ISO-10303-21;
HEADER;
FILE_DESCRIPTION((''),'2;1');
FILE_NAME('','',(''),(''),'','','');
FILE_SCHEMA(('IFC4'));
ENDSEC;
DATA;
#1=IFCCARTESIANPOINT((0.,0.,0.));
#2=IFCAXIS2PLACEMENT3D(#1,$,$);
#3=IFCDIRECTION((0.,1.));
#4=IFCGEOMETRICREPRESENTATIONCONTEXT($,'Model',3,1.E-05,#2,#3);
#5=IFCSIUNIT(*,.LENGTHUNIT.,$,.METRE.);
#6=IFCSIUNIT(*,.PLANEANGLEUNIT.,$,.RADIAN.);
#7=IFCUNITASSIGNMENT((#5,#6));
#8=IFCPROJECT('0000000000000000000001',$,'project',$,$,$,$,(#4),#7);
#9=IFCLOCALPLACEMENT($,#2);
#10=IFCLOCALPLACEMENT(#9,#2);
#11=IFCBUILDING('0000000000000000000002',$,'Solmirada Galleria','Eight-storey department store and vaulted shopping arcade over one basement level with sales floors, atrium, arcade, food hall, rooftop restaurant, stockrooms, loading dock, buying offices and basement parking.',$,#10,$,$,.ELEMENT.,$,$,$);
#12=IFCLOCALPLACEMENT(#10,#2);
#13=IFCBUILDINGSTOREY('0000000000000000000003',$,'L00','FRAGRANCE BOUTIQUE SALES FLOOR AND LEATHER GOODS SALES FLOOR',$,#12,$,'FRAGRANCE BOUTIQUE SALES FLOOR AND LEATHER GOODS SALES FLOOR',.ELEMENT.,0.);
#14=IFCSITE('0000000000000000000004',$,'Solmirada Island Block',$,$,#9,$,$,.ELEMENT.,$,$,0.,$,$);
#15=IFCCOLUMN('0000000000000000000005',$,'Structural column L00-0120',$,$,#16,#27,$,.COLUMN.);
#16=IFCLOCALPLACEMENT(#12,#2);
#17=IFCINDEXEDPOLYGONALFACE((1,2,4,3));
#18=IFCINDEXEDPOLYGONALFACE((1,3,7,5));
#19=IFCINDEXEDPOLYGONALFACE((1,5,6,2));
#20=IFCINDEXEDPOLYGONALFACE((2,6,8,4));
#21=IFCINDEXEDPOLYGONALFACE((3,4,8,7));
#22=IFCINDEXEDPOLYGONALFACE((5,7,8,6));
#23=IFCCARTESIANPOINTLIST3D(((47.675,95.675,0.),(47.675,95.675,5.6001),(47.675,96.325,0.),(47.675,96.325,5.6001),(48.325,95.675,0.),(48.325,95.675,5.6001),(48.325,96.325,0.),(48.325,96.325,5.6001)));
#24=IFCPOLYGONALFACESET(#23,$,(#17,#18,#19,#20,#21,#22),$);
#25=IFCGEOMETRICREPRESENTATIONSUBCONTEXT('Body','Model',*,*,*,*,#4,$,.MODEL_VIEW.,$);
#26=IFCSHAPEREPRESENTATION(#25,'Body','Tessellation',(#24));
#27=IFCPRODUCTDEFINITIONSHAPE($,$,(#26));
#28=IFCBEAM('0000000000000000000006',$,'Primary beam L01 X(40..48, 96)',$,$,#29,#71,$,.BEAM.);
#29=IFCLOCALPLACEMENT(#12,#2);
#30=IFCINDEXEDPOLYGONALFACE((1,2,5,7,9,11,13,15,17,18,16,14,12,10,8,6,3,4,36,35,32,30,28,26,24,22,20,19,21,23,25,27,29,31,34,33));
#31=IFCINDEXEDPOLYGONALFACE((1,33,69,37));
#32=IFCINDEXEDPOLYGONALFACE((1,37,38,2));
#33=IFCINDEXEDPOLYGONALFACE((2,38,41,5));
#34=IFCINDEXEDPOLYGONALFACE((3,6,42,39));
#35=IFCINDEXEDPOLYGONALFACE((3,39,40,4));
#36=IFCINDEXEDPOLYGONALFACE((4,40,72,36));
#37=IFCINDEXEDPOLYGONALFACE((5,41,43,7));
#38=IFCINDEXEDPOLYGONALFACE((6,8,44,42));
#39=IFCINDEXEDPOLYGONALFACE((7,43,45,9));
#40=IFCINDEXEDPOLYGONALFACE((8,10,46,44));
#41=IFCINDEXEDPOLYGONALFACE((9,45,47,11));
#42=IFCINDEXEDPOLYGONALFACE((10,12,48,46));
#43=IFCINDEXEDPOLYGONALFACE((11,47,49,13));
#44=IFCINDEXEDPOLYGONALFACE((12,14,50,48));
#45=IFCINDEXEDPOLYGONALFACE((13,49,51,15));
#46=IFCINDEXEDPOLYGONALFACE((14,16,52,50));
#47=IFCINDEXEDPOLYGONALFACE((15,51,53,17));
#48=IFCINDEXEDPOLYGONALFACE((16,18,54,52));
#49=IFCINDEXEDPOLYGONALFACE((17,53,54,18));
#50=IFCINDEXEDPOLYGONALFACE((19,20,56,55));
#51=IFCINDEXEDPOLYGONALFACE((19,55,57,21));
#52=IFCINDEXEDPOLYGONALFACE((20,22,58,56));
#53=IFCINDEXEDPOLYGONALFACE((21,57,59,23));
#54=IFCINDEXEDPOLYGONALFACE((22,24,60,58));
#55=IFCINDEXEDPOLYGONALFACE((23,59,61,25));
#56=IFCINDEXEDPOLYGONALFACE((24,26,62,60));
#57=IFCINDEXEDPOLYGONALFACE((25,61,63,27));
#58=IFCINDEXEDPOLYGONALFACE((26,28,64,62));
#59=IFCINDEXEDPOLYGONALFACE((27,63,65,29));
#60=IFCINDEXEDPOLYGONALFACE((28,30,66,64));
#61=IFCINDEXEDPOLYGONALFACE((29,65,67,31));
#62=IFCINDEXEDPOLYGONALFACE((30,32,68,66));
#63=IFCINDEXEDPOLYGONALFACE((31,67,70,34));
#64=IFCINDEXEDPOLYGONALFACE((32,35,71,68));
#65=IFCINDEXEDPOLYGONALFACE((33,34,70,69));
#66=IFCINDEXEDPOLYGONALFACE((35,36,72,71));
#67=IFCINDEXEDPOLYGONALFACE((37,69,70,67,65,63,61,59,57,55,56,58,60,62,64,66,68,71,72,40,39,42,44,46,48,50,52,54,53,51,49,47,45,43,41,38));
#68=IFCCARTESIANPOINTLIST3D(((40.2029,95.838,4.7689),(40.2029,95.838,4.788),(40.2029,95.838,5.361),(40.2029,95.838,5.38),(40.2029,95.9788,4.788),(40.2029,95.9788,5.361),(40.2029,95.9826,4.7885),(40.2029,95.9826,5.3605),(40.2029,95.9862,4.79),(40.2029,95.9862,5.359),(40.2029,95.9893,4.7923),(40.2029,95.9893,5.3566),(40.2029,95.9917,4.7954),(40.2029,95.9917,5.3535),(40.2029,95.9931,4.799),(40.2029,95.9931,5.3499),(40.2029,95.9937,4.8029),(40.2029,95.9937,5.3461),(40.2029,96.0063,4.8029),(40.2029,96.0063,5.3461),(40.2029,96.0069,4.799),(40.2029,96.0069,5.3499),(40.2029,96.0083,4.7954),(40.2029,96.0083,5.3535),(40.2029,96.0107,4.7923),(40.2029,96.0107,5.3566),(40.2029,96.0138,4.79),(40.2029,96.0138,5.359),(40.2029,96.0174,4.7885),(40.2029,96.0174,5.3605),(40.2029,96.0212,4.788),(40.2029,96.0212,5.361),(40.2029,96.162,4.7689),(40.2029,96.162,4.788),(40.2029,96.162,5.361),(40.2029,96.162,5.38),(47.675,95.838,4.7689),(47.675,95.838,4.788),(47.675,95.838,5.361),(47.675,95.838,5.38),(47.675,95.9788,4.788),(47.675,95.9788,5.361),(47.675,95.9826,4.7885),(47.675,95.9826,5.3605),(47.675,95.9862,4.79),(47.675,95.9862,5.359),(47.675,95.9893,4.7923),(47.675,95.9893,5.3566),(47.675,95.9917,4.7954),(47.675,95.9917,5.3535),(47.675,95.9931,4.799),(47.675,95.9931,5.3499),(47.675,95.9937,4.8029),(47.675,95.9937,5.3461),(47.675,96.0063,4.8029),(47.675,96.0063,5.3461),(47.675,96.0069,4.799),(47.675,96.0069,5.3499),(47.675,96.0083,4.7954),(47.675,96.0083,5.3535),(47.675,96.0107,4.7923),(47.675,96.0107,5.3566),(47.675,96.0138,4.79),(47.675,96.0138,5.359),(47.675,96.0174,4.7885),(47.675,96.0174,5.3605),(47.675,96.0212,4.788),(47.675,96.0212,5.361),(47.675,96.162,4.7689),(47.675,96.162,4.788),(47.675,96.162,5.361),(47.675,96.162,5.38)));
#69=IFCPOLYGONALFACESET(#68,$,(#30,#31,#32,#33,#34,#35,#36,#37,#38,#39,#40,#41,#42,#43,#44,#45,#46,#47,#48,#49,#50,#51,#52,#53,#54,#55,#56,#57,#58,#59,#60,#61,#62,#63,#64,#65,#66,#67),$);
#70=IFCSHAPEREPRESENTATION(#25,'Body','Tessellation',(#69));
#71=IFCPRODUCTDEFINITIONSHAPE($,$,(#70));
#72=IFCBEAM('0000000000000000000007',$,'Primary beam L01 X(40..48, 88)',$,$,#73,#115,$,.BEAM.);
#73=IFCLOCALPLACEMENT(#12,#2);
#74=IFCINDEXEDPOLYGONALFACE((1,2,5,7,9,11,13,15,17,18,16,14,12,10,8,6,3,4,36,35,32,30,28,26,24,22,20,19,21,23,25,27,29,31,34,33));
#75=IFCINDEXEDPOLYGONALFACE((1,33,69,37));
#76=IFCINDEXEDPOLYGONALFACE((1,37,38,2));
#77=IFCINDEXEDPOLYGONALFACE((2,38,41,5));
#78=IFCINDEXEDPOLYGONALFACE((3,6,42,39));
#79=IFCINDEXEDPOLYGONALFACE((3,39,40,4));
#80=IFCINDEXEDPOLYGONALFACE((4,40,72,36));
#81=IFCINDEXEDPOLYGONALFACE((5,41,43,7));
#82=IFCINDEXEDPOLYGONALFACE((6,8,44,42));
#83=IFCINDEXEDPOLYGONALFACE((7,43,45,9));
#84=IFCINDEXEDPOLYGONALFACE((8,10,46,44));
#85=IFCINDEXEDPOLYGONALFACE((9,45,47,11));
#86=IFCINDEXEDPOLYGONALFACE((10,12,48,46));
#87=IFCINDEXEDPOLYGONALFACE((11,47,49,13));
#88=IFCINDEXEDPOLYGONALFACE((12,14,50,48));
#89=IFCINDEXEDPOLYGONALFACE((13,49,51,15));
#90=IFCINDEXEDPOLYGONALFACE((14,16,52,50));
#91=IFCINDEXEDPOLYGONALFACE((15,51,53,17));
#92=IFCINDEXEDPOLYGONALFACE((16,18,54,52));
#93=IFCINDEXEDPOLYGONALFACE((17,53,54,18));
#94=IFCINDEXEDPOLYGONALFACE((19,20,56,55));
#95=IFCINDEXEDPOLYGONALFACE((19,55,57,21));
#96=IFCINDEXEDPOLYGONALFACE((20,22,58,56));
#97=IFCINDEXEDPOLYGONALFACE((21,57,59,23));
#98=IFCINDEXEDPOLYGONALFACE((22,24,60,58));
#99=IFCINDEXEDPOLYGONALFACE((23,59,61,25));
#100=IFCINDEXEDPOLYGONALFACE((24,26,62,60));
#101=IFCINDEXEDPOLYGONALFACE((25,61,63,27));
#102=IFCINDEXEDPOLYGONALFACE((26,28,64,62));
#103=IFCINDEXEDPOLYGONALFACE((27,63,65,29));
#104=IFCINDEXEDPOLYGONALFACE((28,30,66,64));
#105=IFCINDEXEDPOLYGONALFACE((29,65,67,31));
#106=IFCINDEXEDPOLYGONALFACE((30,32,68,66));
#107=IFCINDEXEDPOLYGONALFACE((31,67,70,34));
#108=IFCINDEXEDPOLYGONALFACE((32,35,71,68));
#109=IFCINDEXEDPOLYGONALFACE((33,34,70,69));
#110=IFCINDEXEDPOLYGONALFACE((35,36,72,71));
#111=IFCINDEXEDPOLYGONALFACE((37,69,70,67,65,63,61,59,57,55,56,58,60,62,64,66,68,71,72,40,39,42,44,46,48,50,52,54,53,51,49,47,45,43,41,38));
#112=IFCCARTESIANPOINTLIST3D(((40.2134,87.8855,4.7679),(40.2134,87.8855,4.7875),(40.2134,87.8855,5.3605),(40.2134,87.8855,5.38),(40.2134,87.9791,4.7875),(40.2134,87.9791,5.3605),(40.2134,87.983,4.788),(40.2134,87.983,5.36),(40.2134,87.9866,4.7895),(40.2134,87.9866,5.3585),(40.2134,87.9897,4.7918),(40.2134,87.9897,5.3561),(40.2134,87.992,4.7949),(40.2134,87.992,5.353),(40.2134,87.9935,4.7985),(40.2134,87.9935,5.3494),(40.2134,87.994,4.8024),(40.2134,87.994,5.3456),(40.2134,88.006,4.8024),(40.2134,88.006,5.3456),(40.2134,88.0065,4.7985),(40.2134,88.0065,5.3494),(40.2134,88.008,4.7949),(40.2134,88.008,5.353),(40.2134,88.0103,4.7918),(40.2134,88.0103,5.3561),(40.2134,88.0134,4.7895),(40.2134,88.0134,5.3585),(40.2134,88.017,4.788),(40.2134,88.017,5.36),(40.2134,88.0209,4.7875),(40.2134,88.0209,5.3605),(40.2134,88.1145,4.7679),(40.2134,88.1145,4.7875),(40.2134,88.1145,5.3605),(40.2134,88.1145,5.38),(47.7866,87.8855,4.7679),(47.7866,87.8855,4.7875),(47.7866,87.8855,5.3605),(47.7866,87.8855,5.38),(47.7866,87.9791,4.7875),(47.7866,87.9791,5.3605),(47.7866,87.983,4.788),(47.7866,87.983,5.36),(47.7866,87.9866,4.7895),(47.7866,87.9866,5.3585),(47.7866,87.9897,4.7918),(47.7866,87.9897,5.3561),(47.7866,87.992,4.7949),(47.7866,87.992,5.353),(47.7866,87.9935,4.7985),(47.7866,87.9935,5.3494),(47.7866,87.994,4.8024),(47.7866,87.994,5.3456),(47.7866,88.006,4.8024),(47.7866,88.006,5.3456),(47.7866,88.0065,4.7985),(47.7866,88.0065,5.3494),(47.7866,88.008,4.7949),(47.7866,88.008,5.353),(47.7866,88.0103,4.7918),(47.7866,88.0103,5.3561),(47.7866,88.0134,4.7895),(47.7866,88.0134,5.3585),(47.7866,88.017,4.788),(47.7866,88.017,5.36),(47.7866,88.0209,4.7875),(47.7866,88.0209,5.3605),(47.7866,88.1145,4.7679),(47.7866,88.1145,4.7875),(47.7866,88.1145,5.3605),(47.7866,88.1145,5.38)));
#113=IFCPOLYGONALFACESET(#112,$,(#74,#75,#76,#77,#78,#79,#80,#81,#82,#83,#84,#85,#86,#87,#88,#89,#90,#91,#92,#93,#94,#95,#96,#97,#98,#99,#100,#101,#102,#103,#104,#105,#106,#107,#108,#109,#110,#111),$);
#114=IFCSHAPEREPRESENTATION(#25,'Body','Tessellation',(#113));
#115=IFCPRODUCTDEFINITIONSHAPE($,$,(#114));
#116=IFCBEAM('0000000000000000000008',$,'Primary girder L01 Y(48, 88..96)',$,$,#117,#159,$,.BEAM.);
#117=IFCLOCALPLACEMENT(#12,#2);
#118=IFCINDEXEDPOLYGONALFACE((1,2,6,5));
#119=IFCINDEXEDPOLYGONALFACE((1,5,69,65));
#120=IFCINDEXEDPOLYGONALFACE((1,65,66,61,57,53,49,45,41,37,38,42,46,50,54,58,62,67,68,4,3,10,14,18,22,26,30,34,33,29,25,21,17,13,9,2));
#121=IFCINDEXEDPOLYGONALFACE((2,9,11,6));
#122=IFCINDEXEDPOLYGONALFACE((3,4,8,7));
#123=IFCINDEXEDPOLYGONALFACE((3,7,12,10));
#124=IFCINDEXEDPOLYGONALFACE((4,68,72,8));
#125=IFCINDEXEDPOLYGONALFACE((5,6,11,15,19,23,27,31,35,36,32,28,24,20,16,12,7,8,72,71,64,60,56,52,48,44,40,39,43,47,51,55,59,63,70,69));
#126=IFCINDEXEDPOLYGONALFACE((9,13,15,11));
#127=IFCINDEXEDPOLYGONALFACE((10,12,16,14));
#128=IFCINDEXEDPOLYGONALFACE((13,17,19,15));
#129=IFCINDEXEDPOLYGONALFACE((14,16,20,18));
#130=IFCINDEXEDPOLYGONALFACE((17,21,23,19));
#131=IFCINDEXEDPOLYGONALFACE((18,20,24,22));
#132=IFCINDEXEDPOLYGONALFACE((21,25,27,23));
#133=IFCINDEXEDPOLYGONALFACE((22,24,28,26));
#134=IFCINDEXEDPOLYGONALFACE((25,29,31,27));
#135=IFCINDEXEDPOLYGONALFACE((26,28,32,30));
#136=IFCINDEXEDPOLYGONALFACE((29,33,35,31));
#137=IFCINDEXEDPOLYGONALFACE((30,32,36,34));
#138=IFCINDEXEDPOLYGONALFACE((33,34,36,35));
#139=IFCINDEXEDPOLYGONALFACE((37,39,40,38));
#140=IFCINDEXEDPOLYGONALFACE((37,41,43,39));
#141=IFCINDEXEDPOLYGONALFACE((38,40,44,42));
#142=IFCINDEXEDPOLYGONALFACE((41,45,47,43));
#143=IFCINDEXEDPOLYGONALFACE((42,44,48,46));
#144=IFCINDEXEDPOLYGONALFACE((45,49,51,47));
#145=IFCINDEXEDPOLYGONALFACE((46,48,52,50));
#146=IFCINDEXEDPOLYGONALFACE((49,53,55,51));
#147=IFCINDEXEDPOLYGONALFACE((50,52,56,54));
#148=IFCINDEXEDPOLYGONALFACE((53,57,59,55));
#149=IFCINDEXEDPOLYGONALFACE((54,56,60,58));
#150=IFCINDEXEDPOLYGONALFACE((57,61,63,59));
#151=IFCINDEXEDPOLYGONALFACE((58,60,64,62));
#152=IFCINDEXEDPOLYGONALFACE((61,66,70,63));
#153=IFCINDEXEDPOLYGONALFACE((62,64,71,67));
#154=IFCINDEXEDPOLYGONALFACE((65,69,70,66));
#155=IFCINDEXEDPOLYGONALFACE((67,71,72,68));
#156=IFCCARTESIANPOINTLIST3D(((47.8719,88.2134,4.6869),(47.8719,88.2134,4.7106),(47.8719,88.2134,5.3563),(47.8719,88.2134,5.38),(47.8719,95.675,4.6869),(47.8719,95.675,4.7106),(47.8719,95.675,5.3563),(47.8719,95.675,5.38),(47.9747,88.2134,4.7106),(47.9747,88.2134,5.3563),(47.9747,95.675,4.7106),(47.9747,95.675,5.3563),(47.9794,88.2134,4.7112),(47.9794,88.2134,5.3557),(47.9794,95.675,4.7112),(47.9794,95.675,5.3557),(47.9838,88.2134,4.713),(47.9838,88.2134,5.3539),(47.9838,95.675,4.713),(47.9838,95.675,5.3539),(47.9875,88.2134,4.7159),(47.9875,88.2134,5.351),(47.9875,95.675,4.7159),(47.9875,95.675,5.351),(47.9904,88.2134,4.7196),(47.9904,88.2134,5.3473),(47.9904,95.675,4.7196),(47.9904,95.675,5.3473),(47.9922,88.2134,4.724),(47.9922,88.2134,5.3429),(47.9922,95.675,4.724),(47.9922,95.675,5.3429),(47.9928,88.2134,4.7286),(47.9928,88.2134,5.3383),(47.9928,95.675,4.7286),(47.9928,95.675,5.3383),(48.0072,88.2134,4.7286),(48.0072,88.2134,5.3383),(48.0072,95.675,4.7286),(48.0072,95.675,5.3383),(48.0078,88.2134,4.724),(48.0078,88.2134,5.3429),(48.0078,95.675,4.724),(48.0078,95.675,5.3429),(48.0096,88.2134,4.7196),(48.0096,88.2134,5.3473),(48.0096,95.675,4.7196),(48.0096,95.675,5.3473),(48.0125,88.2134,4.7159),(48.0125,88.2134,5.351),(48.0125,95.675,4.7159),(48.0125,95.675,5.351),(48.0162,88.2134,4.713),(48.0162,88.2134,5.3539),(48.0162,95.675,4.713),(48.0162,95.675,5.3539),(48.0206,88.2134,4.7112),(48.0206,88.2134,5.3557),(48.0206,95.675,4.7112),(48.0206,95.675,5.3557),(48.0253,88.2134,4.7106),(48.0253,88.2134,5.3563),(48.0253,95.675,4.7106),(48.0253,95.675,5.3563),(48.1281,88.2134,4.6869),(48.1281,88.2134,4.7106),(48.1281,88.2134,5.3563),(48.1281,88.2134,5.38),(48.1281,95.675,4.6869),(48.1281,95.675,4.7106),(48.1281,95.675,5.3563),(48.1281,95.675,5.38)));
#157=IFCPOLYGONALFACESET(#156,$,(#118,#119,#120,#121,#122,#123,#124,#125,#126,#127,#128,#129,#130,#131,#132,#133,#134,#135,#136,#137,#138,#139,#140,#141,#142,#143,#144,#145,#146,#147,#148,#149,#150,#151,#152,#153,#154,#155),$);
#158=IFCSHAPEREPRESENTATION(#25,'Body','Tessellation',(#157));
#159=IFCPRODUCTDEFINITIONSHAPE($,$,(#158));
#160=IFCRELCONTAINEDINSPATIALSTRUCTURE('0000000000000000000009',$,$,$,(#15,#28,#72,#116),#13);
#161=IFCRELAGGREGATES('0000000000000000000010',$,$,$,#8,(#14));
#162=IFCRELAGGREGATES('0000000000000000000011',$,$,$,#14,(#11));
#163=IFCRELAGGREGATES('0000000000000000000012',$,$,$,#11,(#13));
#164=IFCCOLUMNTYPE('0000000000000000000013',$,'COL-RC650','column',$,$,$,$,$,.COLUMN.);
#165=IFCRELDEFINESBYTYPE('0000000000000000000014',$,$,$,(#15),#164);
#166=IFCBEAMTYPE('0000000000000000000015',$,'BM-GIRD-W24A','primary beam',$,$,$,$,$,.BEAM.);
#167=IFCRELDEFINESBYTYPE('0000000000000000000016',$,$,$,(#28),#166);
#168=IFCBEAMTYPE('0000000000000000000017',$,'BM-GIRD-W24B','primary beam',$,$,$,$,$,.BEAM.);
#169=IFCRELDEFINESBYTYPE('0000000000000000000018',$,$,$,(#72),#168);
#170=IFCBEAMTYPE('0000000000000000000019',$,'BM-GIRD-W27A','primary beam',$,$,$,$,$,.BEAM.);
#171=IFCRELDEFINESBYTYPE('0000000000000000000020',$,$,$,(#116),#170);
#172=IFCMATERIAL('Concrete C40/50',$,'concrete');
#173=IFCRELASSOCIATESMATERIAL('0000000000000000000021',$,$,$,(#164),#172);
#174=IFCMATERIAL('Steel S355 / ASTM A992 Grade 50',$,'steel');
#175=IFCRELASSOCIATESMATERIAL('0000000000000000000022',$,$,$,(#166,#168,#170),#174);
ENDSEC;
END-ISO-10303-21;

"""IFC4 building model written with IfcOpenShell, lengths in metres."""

from ifc_helpers import new_model, si_unit, direction, frame, origin, origin_2d, place, context, subcontext, project, spatial, rectangle, i_section, extrude, material, material_profile, profile_set, type_object, element, save


model = new_model("IFC4")

# Units and contexts
model_context = context("Model", 3, precision=1e-05, world=origin(), true_north=direction((0.0, 1.0)))
body_context = subcontext(model_context, "Body", "Model", "MODEL_VIEW")
ifc_project = project(units=[si_unit("LENGTHUNIT", "METRE"), si_unit("PLANEANGLEUNIT", "RADIAN")], contexts=[model_context])

# Site, building, storey
site_placement = place(None, origin())
site = spatial("IfcSite", under=ifc_project, at=site_placement, Name="Solmirada Island Block", CompositionType="ELEMENT", RefElevation=0.0)
building_placement = place(site_placement, origin())
building = spatial("IfcBuilding", under=site, at=building_placement, Name="Solmirada Galleria", Description="Eight-storey department store and vaulted shopping arcade over one basement level with sales floors, atrium, arcade, food hall, rooftop restaurant, stockrooms, loading dock, buying offices and basement parking.", CompositionType="ELEMENT")
storey_placement = place(building_placement, origin())
storey = spatial("IfcBuildingStorey", under=building, at=storey_placement, Name="L00", Description="FRAGRANCE BOUTIQUE SALES FLOOR AND LEATHER GOODS SALES FLOOR", LongName="FRAGRANCE BOUTIQUE SALES FLOOR AND LEATHER GOODS SALES FLOOR", CompositionType="ELEMENT", Elevation=0.0)

# Column
ifc_material_1 = material(Name="Concrete C40/50", Category="concrete")
ifc_material_profile_1 = material_profile(ifc_material_1, rectangle(XDim=0.6499, YDim=0.6499, at=origin_2d()), Name="RC650X650")
ifc_profile_set_1 = profile_set([ifc_material_profile_1], Name="Concrete C40/50")
column_type_1 = type_object("IfcColumnType", Name="COL-RC650", Description="column", PredefinedType="COLUMN", material=ifc_profile_set_1)
column_1_placement = place(storey_placement, frame((48.0, 96.0, 0.0), z_axis=(0.0, 0.0, 1.0), x_axis=(1.0, 0.0, 0.0)))
element("IfcColumn", 1, at=column_1_placement, inside=storey, type_object=column_type_1, Name="Structural column L00-0120", PredefinedType="COLUMN", context=body_context, shape_type="SweptSolid", body=[
    extrude(rectangle(XDim=0.6499, YDim=0.6499, at=origin_2d()), origin(), (0.0, 0.0, 1.0), 5.6001),
])

# Beams
ifc_material_2 = material(Name="Steel S355 / ASTM A992 Grade 50", Category="steel")
ifc_material_profile_2 = material_profile(ifc_material_2, i_section(OverallWidth=0.324, OverallDepth=0.6111, WebThickness=0.0127, FlangeThickness=0.019, FilletRadius=0.0149, at=origin_2d()), Name="W24X104")
ifc_profile_set_2 = profile_set([ifc_material_profile_2], Name="Steel S355 / ASTM A992 Grade 50")
beam_type_1 = type_object("IfcBeamType", Name="BM-GIRD-W24A", Description="primary beam", PredefinedType="BEAM", material=ifc_profile_set_2)
beam_1_placement = place(storey_placement, frame((40.2029, 96.0, 5.0745), z_axis=(1.0, 0.0, 0.0), x_axis=(0.0, 1.0, 0.0)))
element("IfcBeam", 2, at=beam_1_placement, inside=storey, type_object=beam_type_1, Name="Primary beam L01 X(40..48, 96)", PredefinedType="BEAM", context=body_context, shape_type="SweptSolid", body=[
    extrude(i_section(OverallWidth=0.324, OverallDepth=0.6111, WebThickness=0.0127, FlangeThickness=0.019, FilletRadius=0.0149, at=origin_2d()), origin(), (0.0, 0.0, 1.0), 7.4722),
])
ifc_material_profile_3 = material_profile(ifc_material_2, i_section(OverallWidth=0.229, OverallDepth=0.6121, WebThickness=0.012, FlangeThickness=0.0195, FilletRadius=0.0149, at=origin_2d()), Name="W24X84")
ifc_profile_set_3 = profile_set([ifc_material_profile_3], Name="Steel S355 / ASTM A992 Grade 50")
beam_type_2 = type_object("IfcBeamType", Name="BM-GIRD-W24B", Description="primary beam", PredefinedType="BEAM", material=ifc_profile_set_3)
beam_2_placement = place(storey_placement, frame((40.2134, 88.0, 5.074), z_axis=(1.0, 0.0, 0.0), x_axis=(0.0, 1.0, 0.0)))
element("IfcBeam", 3, at=beam_2_placement, inside=storey, type_object=beam_type_2, Name="Primary beam L01 X(40..48, 88)", PredefinedType="BEAM", context=body_context, shape_type="SweptSolid", body=[
    extrude(i_section(OverallWidth=0.229, OverallDepth=0.6121, WebThickness=0.012, FlangeThickness=0.0195, FilletRadius=0.0149, at=origin_2d()), origin(), (0.0, 0.0, 1.0), 7.5732),
])
ifc_material_profile_4 = material_profile(ifc_material_2, i_section(OverallWidth=0.2561, OverallDepth=0.6931, WebThickness=0.0144, FlangeThickness=0.0237, FilletRadius=0.0181, at=origin_2d()), Name="W27X114")
ifc_profile_set_4 = profile_set([ifc_material_profile_4], Name="Steel S355 / ASTM A992 Grade 50")
beam_type_3 = type_object("IfcBeamType", Name="BM-GIRD-W27A", Description="primary beam", PredefinedType="BEAM", material=ifc_profile_set_4)
beam_3_placement = place(storey_placement, frame((48.0, 88.2134, 5.0334), z_axis=(0.0, 1.0, 0.0), x_axis=(-1.0, 0.0, 0.0)))
element("IfcBeam", 4, at=beam_3_placement, inside=storey, type_object=beam_type_3, Name="Primary girder L01 Y(48, 88..96)", PredefinedType="BEAM", context=body_context, shape_type="SweptSolid", body=[
    extrude(i_section(OverallWidth=0.2561, OverallDepth=0.6931, WebThickness=0.0144, FlangeThickness=0.0237, FilletRadius=0.0181, at=origin_2d()), origin(), (0.0, 0.0, 1.0), 7.4617),
])

save(model, "model.ifc")
